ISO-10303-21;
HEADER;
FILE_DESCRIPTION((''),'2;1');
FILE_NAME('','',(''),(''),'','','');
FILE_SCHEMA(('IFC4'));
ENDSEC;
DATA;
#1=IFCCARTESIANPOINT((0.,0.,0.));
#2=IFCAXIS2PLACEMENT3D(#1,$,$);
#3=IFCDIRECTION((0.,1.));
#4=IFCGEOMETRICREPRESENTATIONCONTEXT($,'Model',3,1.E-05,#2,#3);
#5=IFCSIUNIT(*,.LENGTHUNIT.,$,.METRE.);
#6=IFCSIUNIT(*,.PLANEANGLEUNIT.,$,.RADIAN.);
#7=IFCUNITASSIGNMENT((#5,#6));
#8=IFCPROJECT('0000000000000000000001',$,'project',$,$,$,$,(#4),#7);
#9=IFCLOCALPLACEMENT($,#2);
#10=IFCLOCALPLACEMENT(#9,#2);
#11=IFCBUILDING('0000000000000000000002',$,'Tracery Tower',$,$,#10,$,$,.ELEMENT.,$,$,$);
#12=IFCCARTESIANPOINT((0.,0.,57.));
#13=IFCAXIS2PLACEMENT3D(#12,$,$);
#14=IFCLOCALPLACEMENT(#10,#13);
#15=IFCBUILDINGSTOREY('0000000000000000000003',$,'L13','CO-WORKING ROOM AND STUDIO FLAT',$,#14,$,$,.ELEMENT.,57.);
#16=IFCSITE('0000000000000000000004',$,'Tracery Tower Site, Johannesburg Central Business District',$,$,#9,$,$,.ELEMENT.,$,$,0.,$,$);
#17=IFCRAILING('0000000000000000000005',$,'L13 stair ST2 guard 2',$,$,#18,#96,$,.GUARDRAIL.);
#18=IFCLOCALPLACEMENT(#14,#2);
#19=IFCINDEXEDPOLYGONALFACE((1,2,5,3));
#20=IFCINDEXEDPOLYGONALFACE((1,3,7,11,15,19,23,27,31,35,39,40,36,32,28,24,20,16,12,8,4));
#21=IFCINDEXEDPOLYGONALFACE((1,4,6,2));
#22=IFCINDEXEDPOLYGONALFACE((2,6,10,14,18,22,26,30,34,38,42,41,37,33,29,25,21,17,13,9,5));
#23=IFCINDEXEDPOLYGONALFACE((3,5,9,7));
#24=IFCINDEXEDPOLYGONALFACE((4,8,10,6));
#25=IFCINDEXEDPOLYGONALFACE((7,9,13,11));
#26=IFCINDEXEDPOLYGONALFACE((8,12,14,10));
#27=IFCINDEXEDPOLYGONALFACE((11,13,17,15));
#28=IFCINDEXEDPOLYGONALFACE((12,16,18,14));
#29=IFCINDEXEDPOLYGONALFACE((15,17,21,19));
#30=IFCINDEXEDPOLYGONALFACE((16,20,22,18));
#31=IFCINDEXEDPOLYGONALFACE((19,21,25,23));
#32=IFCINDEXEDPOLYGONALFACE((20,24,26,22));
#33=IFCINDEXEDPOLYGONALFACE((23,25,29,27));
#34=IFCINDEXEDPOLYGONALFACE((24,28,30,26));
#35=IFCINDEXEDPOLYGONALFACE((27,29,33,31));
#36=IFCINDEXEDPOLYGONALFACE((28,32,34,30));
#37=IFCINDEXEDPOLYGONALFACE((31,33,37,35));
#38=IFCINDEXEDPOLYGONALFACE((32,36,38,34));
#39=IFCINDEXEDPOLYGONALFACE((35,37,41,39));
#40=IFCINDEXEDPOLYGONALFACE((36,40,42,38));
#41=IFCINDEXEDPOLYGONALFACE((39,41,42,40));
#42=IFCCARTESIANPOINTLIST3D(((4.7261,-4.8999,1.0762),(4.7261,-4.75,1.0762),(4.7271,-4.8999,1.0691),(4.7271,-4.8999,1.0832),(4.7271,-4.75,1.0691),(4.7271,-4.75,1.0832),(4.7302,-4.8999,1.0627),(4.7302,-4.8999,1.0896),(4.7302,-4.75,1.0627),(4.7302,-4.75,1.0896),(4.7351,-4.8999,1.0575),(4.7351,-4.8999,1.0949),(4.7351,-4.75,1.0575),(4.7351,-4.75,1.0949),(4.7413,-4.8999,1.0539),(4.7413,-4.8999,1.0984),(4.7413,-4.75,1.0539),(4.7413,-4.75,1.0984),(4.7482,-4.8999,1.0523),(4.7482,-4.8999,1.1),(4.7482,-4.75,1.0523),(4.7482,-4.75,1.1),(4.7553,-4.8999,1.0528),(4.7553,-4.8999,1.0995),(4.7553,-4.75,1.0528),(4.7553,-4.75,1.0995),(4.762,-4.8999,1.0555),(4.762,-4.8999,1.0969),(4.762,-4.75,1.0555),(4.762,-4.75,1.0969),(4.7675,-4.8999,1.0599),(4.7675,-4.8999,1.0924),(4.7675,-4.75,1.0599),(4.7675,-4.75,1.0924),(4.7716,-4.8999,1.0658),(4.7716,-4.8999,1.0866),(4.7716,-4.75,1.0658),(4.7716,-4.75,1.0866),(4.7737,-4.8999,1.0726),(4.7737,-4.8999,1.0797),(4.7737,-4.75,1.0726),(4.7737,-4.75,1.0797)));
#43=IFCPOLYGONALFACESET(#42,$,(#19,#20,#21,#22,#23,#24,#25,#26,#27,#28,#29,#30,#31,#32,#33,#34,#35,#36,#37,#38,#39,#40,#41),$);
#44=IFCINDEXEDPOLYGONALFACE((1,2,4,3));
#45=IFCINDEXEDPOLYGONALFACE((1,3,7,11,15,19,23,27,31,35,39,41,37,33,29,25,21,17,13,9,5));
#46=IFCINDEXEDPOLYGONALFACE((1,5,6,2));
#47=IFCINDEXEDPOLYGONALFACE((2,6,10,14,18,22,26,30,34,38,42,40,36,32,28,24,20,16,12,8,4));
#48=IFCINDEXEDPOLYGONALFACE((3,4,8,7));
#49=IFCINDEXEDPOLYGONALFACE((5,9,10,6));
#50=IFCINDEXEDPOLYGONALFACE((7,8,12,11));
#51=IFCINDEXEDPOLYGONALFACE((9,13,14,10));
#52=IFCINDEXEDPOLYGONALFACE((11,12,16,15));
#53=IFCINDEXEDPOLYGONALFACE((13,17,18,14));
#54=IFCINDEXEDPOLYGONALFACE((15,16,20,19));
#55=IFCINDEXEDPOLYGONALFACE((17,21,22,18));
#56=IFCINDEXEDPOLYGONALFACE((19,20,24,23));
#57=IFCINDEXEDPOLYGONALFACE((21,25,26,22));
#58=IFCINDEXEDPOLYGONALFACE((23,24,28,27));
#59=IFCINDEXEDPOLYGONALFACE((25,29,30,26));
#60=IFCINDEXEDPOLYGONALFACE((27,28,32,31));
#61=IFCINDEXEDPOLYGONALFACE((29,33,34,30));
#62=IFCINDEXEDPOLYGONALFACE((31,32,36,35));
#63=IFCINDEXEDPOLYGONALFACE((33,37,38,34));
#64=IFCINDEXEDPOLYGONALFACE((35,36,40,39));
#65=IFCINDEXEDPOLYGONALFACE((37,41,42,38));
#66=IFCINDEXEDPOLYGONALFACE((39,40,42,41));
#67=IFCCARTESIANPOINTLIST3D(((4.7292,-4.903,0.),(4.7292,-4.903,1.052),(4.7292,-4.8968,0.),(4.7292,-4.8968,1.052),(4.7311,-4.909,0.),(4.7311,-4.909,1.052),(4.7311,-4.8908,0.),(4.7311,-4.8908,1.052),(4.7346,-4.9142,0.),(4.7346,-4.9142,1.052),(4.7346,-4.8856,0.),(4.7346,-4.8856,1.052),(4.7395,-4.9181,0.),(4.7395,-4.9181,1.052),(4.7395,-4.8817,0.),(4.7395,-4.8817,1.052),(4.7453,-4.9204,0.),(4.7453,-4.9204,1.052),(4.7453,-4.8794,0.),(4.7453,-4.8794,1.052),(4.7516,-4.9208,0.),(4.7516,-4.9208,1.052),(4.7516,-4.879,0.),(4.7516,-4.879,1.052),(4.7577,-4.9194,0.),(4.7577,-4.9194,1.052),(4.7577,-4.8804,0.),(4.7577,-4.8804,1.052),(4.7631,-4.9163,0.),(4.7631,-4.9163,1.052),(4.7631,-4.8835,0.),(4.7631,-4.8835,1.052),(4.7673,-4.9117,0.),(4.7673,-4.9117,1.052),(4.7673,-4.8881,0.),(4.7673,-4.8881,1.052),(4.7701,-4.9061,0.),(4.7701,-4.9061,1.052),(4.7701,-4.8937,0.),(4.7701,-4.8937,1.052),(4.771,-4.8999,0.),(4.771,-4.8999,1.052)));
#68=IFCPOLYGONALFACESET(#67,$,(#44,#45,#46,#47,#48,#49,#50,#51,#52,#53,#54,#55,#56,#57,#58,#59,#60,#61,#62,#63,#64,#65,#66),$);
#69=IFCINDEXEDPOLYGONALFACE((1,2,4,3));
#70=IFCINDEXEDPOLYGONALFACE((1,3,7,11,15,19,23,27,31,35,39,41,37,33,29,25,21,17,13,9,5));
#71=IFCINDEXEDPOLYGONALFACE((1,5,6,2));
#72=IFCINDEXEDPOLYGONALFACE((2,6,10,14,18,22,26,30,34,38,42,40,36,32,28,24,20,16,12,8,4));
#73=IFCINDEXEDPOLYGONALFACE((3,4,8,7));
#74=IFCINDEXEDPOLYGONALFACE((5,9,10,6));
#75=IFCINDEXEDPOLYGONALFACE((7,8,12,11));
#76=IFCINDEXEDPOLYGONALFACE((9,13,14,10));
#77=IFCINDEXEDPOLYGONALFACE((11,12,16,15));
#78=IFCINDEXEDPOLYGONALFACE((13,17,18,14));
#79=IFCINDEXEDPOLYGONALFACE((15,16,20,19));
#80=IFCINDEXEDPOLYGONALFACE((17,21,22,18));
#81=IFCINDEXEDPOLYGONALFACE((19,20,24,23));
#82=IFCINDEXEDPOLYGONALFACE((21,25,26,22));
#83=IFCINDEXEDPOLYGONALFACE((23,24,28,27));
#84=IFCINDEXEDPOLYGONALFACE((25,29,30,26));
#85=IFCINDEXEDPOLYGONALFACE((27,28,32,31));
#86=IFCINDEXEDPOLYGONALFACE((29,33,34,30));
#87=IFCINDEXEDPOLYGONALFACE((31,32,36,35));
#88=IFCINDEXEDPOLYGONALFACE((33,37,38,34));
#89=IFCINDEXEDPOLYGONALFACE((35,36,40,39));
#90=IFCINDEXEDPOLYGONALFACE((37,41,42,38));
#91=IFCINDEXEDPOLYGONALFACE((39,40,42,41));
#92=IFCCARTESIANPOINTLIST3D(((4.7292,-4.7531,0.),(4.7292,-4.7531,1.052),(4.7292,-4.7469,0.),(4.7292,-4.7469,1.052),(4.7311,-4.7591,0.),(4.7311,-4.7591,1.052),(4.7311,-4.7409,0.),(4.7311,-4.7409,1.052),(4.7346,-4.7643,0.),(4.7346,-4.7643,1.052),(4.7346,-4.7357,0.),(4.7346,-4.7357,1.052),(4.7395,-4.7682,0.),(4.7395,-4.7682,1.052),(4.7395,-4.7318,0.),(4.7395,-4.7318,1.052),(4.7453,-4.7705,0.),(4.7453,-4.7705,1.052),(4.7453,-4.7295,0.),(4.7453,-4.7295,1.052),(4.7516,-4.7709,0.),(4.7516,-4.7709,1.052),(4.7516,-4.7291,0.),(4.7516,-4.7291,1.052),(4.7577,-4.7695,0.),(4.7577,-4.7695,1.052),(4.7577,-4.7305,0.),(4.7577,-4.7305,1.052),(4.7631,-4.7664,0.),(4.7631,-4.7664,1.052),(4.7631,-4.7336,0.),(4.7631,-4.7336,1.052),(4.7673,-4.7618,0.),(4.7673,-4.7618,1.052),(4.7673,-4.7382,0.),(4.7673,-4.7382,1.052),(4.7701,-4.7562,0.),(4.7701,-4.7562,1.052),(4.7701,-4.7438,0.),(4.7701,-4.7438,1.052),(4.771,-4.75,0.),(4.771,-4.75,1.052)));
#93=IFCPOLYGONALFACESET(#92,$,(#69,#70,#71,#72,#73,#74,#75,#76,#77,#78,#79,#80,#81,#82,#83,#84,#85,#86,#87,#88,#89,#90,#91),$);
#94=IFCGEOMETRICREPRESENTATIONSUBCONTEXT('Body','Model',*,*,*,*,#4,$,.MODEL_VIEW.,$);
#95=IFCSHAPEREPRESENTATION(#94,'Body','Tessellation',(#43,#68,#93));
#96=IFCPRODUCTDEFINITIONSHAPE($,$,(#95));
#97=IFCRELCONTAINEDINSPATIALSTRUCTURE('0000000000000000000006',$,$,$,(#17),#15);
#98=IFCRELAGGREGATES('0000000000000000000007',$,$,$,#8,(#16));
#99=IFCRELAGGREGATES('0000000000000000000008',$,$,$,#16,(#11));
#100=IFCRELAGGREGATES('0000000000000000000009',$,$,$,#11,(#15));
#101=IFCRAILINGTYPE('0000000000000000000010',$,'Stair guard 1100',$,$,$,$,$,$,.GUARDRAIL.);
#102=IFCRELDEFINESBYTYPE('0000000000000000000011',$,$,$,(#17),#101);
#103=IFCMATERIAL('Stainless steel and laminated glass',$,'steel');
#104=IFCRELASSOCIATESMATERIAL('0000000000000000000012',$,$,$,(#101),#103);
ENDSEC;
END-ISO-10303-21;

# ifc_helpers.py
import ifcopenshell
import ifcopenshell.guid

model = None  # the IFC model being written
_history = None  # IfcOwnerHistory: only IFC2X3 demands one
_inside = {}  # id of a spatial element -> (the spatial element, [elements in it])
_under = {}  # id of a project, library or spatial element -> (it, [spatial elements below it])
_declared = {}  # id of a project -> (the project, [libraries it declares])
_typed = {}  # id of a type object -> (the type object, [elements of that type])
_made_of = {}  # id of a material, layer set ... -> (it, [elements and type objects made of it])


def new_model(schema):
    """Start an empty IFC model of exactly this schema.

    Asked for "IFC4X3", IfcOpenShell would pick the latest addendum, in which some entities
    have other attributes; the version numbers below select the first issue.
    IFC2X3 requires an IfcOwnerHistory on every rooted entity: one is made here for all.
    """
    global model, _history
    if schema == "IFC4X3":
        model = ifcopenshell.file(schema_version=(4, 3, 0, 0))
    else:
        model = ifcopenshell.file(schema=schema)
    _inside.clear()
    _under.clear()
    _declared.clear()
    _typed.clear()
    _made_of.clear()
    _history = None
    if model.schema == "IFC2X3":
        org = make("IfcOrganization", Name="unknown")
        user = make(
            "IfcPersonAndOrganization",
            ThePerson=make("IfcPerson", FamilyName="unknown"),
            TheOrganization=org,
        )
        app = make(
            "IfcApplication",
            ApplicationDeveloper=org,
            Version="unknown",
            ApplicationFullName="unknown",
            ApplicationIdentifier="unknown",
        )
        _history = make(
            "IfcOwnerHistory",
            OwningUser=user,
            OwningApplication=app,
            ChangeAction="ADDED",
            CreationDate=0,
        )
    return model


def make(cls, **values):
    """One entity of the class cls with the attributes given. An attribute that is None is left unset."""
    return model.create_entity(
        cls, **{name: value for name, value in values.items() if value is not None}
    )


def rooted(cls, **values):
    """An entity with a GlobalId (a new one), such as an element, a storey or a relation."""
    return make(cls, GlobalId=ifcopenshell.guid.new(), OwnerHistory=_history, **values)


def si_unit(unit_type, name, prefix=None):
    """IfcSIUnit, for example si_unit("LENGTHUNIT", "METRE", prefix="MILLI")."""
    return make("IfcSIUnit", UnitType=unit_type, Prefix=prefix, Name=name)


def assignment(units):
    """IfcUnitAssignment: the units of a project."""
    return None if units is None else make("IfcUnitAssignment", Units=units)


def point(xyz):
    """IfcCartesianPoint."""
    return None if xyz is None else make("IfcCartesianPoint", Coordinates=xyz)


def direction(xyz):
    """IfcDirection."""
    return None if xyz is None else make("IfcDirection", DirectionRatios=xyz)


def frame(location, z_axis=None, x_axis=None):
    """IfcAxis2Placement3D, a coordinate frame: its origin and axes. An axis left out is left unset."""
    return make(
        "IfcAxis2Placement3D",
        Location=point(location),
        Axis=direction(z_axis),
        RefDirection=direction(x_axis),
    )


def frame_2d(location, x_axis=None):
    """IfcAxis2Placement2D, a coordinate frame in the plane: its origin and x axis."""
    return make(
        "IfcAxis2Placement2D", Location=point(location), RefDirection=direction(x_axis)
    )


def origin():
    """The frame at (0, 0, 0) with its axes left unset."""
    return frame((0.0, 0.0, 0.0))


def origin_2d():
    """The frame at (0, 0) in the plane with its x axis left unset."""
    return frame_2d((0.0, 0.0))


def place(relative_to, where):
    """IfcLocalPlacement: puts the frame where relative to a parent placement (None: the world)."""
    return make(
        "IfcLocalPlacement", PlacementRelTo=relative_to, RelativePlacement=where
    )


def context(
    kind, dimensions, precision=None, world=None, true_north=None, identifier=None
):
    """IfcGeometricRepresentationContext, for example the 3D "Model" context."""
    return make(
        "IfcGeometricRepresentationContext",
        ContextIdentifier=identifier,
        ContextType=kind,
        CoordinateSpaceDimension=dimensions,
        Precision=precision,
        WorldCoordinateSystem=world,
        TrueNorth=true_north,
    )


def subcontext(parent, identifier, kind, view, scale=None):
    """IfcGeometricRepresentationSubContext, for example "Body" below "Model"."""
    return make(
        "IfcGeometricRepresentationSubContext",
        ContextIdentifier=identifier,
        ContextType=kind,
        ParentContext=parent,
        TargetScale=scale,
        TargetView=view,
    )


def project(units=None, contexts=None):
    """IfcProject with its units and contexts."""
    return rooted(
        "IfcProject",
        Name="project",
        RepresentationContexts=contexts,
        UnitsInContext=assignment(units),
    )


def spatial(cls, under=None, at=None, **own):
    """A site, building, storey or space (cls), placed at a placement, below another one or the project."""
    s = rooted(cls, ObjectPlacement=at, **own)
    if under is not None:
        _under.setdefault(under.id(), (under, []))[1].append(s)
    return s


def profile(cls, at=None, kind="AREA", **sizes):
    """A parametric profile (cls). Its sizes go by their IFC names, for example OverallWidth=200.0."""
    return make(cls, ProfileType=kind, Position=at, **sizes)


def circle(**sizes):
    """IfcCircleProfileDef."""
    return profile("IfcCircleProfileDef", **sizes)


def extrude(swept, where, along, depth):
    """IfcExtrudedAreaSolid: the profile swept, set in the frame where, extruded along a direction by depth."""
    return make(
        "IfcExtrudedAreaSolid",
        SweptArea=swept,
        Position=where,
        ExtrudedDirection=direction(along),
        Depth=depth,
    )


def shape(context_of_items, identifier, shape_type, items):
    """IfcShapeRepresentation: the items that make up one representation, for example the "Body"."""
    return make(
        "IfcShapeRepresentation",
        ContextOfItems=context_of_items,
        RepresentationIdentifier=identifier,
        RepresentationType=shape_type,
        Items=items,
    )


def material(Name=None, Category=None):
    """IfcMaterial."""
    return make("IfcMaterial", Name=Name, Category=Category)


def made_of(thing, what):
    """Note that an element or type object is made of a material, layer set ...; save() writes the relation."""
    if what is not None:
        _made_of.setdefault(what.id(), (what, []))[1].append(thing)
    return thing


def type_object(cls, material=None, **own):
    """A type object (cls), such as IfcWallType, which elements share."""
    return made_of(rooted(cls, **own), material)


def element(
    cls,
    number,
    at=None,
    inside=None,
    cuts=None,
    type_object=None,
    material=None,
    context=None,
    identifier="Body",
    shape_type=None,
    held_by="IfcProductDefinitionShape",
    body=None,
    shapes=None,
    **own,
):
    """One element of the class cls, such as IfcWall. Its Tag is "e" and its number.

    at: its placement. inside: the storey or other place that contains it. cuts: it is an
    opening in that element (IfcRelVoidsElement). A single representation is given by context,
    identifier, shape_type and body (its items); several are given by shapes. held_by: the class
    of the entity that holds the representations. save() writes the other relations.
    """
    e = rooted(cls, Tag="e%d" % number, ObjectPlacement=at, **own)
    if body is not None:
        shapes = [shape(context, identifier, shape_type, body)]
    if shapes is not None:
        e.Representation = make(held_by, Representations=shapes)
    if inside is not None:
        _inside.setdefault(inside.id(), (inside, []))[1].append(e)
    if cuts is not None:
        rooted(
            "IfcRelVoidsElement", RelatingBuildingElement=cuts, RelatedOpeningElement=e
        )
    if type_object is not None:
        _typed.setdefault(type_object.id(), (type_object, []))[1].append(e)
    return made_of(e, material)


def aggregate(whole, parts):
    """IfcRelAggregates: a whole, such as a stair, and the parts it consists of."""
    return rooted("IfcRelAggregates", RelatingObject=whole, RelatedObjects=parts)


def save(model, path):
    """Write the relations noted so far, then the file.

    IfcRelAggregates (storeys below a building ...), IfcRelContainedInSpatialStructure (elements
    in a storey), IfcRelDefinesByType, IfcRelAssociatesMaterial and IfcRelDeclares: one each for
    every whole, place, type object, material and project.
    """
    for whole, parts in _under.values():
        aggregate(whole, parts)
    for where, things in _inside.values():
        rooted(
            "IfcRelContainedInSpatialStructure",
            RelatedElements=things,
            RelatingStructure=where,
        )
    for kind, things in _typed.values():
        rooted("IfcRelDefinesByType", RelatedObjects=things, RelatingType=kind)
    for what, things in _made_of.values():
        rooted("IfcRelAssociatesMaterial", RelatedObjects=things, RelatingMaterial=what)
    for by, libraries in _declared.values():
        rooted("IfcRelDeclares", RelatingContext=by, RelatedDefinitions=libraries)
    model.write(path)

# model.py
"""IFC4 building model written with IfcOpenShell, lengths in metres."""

from ifc_helpers import new_model, si_unit, direction, frame, origin, origin_2d, place, context, subcontext, project, spatial, circle, extrude, material, type_object, element, save


model = new_model("IFC4")

# Units and contexts
model_context = context("Model", 3, precision=1e-05, world=origin(), true_north=direction((0.0, 1.0)))
body_context = subcontext(model_context, "Body", "Model", "MODEL_VIEW")
ifc_project = project(units=[si_unit("LENGTHUNIT", "METRE"), si_unit("PLANEANGLEUNIT", "RADIAN")], contexts=[model_context])

# Site, building, storey
site_placement = place(None, origin())
site = spatial("IfcSite", under=ifc_project, at=site_placement, Name="Tracery Tower Site, Johannesburg Central Business District", CompositionType="ELEMENT", RefElevation=0.0)
building_placement = place(site_placement, origin())
building = spatial("IfcBuilding", under=site, at=building_placement, Name="Tracery Tower", CompositionType="ELEMENT")
storey_placement = place(building_placement, frame((0.0, 0.0, 57.0)))
storey = spatial("IfcBuildingStorey", under=building, at=storey_placement, Name="L13", Description="CO-WORKING ROOM AND STUDIO FLAT", CompositionType="ELEMENT", Elevation=57.0)

# Railing
ifc_material_1 = material(Name="Stainless steel and laminated glass", Category="steel")
railing_type_1 = type_object("IfcRailingType", Name="Stair guard 1100", PredefinedType="GUARDRAIL", material=ifc_material_1)
railing_1_placement = place(storey_placement, frame((4.75, -4.8999, 0.0)))
element("IfcRailing", 1, at=railing_1_placement, inside=storey, type_object=railing_type_1, Name="L13 stair ST2 guard 2", PredefinedType="GUARDRAIL", context=body_context, shape_type="SweptSolid", body=[
    extrude(circle(Radius=0.0239, at=origin_2d()), frame((0.0, 0.0, 1.0762), z_axis=(0.0, 1.0, 0.0), x_axis=(-1.0, 0.0, 0.0)), (0.0, 0.0, 1.0), 0.1499),
    extrude(circle(Radius=0.021, at=origin_2d()), origin(), (0.0, 0.0, 1.0), 1.052),
    extrude(circle(Radius=0.021, at=origin_2d()), frame((0.0, 0.1499, 0.0)), (0.0, 0.0, 1.0), 1.052),
])

save(model, "model.ifc")
